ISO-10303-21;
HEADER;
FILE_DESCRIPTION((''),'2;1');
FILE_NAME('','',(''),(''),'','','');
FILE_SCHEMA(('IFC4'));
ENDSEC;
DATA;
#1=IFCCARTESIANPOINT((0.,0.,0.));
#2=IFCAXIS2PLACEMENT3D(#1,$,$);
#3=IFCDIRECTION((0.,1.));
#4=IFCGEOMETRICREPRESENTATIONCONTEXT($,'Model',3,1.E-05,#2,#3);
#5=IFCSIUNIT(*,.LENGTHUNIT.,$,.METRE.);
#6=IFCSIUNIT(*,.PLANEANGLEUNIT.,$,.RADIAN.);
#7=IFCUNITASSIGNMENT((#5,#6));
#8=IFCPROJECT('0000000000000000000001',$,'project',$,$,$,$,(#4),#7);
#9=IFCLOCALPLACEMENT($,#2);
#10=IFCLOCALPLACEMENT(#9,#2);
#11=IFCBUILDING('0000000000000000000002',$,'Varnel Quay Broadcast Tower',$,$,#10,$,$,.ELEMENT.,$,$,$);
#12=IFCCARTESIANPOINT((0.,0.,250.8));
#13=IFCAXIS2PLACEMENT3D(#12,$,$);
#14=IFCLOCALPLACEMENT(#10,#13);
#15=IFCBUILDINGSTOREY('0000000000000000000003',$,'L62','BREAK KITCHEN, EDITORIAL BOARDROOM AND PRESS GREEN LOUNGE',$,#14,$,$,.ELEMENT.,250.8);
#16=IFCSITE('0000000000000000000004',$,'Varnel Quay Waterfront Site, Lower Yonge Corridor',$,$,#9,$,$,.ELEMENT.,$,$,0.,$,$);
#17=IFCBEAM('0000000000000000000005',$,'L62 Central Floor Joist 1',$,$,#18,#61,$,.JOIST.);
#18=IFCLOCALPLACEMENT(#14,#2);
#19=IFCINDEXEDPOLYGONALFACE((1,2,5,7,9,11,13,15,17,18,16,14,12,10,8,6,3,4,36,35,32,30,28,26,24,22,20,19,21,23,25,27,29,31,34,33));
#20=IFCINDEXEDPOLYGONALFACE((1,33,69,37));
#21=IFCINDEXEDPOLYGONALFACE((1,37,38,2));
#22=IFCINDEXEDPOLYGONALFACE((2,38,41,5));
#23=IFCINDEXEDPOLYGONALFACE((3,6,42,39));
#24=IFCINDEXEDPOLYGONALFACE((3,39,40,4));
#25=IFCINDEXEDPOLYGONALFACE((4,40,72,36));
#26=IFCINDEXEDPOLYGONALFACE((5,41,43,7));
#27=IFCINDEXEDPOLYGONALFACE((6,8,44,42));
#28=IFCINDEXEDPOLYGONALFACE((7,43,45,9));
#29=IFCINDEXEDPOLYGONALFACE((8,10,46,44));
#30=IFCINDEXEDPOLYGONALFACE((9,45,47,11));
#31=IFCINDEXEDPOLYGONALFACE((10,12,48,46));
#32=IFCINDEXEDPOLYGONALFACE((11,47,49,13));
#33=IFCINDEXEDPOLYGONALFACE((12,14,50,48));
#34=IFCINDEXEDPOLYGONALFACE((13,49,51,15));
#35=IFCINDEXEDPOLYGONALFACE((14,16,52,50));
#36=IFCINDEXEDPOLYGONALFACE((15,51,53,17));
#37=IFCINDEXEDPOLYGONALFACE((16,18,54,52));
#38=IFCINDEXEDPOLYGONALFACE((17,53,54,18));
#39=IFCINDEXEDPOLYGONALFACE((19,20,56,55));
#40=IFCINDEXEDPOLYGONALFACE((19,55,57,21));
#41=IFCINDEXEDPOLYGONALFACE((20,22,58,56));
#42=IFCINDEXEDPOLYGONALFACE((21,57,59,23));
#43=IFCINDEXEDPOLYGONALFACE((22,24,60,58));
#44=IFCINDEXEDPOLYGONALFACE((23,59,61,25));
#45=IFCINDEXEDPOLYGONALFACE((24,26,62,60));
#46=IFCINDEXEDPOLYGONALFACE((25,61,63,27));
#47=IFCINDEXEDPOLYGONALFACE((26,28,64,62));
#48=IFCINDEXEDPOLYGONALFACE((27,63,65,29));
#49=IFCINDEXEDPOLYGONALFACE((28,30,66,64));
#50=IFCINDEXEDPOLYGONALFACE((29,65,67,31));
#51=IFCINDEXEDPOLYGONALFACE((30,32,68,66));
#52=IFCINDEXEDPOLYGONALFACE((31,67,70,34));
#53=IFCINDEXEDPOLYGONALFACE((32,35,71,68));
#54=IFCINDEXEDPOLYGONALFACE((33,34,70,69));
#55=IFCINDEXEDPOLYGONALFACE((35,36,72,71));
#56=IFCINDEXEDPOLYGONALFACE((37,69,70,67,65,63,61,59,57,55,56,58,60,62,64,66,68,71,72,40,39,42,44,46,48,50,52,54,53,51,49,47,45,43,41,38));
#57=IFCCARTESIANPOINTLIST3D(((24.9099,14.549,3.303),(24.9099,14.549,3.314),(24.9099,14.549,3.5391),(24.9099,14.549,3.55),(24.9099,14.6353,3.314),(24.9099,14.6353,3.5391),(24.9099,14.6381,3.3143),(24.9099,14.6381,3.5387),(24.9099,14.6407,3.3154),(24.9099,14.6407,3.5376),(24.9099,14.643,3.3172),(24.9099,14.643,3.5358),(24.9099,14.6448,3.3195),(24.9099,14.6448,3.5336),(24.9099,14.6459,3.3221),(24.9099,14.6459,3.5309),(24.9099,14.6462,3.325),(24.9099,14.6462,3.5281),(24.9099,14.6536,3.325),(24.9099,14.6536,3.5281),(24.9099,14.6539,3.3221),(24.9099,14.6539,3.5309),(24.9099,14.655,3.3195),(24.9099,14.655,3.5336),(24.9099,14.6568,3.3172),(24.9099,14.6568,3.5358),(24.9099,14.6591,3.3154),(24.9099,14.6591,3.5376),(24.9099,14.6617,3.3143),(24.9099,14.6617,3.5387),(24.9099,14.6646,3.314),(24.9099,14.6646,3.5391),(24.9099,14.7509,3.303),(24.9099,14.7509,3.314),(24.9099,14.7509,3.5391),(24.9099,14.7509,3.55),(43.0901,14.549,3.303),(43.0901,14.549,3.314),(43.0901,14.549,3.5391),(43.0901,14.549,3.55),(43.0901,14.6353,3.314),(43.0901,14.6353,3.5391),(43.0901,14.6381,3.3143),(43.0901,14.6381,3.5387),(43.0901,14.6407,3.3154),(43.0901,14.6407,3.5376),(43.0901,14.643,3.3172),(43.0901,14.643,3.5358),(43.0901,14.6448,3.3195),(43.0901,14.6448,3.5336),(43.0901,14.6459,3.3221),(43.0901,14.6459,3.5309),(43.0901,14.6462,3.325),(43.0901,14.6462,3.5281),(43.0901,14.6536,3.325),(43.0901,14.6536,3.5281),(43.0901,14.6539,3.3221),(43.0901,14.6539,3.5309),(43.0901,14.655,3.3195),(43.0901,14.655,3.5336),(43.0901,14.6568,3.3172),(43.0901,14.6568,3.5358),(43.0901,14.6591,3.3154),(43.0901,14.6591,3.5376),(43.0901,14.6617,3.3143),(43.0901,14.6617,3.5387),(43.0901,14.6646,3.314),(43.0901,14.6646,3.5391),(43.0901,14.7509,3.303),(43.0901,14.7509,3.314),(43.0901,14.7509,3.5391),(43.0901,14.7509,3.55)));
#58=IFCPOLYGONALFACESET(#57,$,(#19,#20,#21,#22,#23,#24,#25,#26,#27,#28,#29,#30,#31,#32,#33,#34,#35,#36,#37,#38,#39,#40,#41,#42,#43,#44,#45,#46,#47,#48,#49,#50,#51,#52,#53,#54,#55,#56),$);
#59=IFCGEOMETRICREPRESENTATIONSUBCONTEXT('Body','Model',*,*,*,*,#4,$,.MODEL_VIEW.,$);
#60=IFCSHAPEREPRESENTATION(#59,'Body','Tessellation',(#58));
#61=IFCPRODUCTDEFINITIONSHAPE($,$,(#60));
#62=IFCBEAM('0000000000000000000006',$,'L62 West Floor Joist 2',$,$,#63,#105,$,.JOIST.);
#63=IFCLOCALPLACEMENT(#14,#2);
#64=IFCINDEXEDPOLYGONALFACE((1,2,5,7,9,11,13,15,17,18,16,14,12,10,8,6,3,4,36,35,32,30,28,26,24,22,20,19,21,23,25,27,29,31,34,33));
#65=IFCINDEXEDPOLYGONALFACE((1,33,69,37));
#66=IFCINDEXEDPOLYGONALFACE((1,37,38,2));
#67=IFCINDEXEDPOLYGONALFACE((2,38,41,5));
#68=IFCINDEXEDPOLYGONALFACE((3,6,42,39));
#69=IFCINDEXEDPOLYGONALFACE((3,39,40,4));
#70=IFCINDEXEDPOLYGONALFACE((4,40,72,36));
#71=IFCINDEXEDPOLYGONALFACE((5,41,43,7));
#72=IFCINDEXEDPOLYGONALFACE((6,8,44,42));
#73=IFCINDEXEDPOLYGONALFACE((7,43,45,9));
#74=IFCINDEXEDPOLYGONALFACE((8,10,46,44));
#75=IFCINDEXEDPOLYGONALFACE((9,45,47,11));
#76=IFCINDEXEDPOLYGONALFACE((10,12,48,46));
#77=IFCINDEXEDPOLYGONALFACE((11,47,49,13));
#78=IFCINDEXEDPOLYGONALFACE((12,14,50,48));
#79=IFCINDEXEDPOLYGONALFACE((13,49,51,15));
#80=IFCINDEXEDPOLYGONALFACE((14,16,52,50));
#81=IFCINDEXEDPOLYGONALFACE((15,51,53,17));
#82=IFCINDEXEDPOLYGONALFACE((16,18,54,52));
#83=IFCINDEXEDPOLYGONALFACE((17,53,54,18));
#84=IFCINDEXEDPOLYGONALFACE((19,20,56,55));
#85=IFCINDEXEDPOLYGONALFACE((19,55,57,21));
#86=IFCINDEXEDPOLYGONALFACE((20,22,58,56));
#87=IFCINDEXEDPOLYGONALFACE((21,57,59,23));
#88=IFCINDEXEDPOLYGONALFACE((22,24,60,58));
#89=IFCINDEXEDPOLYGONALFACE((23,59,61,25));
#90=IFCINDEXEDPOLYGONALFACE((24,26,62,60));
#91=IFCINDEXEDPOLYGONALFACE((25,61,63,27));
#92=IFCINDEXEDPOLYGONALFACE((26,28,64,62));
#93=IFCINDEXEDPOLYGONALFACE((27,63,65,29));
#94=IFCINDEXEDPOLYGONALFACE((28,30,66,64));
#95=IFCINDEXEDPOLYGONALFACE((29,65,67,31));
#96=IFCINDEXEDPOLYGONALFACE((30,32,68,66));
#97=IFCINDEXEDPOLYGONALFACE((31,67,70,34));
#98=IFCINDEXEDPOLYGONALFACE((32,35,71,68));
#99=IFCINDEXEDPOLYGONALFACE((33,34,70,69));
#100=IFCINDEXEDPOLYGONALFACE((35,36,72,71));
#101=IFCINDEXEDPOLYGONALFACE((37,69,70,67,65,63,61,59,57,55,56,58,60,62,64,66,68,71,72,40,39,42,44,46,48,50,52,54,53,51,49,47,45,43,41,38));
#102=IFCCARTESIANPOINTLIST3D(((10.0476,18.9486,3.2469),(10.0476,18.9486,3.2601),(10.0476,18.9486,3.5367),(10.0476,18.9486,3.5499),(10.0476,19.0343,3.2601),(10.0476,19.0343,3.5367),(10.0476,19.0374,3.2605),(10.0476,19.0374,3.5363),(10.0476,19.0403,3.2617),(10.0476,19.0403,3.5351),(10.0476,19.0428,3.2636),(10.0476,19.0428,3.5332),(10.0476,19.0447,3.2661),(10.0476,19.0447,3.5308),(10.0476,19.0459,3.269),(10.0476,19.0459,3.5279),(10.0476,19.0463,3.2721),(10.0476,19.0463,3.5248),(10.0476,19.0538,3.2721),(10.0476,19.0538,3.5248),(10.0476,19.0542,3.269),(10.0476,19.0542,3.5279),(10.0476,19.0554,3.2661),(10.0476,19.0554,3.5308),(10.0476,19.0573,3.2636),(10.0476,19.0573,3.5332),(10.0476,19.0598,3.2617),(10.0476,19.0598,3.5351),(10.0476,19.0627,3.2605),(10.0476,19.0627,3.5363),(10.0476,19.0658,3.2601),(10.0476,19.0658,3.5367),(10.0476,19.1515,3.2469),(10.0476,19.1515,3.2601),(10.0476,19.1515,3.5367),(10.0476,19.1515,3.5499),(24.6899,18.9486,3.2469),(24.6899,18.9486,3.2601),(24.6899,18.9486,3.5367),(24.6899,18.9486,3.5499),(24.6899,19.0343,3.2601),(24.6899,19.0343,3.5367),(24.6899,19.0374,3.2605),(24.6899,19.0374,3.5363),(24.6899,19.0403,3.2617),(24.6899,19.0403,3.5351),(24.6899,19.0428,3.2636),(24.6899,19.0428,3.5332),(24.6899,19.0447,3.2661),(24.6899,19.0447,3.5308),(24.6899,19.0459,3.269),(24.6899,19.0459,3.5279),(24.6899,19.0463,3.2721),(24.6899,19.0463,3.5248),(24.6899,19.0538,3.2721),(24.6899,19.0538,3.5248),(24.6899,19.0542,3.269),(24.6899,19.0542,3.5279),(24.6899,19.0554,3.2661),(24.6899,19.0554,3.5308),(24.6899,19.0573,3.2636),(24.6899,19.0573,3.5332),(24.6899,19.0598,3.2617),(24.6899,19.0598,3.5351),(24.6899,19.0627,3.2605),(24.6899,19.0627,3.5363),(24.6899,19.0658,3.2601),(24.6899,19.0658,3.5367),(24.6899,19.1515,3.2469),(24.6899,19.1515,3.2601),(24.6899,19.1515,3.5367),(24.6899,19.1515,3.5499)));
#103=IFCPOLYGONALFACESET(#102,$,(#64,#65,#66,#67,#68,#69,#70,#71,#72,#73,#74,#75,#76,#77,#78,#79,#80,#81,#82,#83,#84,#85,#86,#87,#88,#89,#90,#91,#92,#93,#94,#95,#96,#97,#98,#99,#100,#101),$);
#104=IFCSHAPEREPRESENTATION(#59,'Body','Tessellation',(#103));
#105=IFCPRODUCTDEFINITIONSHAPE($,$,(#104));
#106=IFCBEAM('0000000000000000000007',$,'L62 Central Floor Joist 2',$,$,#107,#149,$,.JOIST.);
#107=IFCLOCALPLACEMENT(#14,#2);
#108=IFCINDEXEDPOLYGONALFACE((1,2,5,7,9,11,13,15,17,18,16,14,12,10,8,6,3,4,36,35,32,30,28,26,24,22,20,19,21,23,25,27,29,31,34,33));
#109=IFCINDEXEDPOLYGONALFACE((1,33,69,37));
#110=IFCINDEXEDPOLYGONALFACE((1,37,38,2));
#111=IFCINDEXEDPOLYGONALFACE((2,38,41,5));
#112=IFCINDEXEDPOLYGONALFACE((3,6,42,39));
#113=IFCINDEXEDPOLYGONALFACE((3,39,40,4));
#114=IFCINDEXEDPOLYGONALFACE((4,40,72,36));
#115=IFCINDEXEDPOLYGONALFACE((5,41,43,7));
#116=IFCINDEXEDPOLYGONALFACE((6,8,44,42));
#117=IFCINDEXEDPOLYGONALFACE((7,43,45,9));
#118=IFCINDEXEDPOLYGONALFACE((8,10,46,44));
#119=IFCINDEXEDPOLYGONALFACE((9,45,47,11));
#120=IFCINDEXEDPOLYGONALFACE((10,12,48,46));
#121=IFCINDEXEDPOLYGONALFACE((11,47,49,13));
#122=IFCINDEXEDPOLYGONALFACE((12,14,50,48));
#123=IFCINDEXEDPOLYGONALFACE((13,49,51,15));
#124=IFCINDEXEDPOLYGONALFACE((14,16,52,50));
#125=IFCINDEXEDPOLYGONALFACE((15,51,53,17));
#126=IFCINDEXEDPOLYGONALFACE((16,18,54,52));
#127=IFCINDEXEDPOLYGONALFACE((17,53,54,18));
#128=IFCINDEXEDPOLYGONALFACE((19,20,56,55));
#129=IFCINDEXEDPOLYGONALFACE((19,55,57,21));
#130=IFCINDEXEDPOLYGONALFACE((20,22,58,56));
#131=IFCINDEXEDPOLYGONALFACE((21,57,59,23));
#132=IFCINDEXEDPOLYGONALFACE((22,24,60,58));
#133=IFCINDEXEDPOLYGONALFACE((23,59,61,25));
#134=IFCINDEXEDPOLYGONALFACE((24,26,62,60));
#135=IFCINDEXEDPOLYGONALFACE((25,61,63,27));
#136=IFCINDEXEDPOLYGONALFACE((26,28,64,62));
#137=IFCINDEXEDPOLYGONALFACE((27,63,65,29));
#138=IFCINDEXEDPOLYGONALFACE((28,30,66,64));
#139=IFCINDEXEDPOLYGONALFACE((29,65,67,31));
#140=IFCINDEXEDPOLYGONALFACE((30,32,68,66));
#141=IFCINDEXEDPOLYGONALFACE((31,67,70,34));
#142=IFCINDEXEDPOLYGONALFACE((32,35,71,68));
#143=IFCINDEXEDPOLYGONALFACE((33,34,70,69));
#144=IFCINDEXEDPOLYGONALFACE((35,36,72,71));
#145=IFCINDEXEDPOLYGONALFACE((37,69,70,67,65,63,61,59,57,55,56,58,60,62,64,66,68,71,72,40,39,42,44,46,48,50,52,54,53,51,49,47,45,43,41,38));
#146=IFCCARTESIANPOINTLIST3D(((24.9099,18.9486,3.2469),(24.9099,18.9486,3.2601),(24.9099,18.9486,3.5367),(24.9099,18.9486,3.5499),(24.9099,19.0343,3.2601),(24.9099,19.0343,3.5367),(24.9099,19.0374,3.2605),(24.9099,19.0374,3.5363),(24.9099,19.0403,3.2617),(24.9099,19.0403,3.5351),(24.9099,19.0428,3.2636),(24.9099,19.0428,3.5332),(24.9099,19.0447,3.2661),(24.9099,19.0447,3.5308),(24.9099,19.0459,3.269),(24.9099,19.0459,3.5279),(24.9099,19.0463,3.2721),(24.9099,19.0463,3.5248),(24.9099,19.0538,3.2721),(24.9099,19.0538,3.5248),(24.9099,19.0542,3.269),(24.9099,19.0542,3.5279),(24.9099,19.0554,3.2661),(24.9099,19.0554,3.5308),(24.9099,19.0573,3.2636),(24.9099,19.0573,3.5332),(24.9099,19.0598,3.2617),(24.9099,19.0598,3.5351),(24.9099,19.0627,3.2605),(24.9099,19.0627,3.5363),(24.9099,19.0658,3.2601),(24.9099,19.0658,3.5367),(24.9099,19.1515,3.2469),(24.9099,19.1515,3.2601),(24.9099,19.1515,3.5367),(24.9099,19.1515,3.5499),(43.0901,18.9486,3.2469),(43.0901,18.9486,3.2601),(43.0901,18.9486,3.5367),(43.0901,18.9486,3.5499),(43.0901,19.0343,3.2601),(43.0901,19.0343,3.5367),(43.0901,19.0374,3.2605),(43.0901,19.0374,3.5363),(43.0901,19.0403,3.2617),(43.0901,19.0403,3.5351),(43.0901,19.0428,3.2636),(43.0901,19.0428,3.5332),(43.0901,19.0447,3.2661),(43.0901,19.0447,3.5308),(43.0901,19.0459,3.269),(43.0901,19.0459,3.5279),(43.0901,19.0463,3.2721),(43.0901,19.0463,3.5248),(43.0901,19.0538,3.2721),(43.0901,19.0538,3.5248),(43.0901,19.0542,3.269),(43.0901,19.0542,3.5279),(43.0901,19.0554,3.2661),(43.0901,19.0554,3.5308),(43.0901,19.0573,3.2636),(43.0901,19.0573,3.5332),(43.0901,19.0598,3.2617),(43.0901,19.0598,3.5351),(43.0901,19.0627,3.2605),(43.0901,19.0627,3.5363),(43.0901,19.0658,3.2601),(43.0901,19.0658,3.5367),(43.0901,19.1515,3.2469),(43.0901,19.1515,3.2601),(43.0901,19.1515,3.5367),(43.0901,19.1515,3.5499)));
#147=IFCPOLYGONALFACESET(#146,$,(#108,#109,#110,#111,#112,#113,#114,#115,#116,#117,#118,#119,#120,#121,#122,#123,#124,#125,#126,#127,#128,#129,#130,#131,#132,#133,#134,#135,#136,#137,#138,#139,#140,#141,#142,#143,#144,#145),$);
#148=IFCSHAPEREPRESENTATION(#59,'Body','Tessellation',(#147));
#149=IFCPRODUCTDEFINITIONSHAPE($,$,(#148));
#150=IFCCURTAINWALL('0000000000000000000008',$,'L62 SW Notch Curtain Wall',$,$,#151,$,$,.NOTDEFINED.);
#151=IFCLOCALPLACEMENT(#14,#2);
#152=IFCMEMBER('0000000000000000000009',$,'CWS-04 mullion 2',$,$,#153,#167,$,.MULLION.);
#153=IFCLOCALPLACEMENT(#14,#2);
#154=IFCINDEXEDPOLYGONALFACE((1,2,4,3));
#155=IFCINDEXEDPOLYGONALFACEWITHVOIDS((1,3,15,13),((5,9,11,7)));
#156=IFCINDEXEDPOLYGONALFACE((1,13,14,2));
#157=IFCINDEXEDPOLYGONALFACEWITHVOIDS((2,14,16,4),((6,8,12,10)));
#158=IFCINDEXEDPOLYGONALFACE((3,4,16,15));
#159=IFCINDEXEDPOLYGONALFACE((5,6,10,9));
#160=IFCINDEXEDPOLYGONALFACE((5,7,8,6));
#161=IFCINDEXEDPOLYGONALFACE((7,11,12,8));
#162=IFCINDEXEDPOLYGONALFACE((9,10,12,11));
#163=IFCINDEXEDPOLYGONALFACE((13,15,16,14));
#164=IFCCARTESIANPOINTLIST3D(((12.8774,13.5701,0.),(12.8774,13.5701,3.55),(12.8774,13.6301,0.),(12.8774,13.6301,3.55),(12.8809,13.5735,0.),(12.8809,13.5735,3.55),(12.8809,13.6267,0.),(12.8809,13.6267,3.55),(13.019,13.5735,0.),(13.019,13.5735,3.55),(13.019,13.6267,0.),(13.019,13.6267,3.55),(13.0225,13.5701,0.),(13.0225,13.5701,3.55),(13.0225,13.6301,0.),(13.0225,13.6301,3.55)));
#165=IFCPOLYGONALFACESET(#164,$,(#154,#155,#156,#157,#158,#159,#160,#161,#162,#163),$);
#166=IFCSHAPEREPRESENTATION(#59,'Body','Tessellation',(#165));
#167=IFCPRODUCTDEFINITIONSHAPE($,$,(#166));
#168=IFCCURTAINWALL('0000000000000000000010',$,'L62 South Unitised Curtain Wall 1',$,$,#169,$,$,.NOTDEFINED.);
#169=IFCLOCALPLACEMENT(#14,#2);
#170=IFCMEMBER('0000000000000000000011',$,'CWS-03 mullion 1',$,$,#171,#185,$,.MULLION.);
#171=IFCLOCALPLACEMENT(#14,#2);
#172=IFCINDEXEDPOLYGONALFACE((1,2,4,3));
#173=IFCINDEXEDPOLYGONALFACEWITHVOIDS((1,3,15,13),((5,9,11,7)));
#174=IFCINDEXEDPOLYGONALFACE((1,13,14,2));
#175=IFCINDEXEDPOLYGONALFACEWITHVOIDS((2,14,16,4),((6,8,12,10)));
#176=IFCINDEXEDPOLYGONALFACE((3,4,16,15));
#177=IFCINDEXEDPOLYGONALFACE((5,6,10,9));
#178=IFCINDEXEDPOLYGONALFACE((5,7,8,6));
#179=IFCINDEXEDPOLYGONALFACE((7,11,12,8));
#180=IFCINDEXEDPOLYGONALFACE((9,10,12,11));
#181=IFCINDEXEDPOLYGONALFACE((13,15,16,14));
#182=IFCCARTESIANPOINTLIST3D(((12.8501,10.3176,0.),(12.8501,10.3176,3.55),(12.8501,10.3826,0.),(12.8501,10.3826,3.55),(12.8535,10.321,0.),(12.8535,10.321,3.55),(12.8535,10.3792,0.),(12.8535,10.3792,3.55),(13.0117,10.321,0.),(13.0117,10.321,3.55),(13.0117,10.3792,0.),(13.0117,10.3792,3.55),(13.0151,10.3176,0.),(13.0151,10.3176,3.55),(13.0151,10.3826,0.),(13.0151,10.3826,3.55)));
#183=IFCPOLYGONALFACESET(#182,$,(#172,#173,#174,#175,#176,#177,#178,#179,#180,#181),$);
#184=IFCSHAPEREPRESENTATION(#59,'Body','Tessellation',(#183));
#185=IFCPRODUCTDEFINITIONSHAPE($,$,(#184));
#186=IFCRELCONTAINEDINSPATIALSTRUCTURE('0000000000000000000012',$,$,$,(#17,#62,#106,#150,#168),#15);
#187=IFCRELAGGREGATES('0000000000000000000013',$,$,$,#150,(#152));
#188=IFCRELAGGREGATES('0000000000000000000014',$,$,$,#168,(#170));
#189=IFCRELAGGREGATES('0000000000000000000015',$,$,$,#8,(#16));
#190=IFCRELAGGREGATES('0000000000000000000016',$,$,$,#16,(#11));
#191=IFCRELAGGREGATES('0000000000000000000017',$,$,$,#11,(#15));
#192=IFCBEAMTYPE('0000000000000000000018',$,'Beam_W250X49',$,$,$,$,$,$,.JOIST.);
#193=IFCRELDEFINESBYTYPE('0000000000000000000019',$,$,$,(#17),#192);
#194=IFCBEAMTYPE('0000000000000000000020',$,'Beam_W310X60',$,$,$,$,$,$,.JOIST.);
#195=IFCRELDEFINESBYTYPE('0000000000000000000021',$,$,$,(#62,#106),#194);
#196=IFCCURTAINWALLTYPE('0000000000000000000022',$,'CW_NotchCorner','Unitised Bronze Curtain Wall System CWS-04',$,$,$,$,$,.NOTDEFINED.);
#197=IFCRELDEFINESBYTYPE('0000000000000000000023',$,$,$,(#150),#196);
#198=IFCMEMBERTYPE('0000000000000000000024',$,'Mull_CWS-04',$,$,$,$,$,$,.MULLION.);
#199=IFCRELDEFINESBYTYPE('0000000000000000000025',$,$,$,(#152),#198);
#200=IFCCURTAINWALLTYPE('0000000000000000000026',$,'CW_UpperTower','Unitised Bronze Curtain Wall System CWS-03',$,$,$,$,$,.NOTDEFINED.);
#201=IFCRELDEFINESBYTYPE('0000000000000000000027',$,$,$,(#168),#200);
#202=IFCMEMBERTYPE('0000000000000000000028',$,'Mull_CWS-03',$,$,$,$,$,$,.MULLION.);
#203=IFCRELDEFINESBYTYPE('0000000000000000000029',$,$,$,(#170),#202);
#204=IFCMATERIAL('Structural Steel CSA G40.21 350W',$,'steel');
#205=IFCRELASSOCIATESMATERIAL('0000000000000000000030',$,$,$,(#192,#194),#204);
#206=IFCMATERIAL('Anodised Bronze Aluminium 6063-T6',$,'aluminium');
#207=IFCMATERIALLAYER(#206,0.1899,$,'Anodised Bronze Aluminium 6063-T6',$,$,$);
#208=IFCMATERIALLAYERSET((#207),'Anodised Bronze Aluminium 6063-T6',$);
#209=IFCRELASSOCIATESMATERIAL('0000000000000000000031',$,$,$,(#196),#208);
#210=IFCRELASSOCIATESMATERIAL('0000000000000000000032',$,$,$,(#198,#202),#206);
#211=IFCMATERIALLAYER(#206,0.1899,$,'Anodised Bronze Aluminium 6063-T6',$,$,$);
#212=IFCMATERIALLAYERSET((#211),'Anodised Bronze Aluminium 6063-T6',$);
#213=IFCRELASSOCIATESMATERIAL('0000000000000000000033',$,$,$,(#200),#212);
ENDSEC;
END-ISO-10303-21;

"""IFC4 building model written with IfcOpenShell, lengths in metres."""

from ifc_helpers import new_model, si_unit, direction, frame, origin, origin_2d, place, context, subcontext, project, spatial, hollow_rectangle, i_section, extrude, source, transform, mapped, material, layer, layer_set, material_profile, profile_set, type_object, type_shapes, element, aggregate, save


model = new_model("IFC4")

# Units and contexts
model_context = context("Model", 3, precision=1e-05, world=origin(), true_north=direction((0.0, 1.0)))
body_context = subcontext(model_context, "Body", "Model", "MODEL_VIEW")
ifc_project = project(units=[si_unit("LENGTHUNIT", "METRE"), si_unit("PLANEANGLEUNIT", "RADIAN")], contexts=[model_context])

# Site, building, storey
site_placement = place(None, origin())
site = spatial("IfcSite", under=ifc_project, at=site_placement, Name="Varnel Quay Waterfront Site, Lower Yonge Corridor", CompositionType="ELEMENT", RefElevation=0.0)
building_placement = place(site_placement, origin())
building = spatial("IfcBuilding", under=site, at=building_placement, Name="Varnel Quay Broadcast Tower", CompositionType="ELEMENT")
storey_placement = place(building_placement, frame((0.0, 0.0, 250.8)))
storey = spatial("IfcBuildingStorey", under=building, at=storey_placement, Name="L62", Description="BREAK KITCHEN, EDITORIAL BOARDROOM AND PRESS GREEN LOUNGE", CompositionType="ELEMENT", Elevation=250.8)

# Shared definitions
ifc_material_1 = material(Name="Structural Steel CSA G40.21 350W", Category="steel")

# Beams
ifc_material_profile_1 = material_profile(ifc_material_1, i_section(OverallWidth=0.2019, OverallDepth=0.2471, WebThickness=0.0073, FlangeThickness=0.011, FilletRadius=0.011, at=origin_2d()), Name="W250X49")
ifc_profile_set_1 = profile_set([ifc_material_profile_1], Name="Structural Steel CSA G40.21 350W")
beam_type_1 = type_object("IfcBeamType", Name="Beam_W250X49", PredefinedType="JOIST", material=ifc_profile_set_1)
shared_shape_1 = source(origin(), body_context, "Body", "SweptSolid", [
    extrude(i_section(OverallWidth=0.2019, OverallDepth=0.2471, WebThickness=0.0073, FlangeThickness=0.011, FilletRadius=0.011, at=origin_2d()), origin(), (0.0, 0.0, 1.0), 18.1802),
])
beam_1_placement = place(storey_placement, frame((24.9099, 14.6499, 3.4265), z_axis=(1.0, 0.0, 0.0), x_axis=(0.0, 1.0, 0.0)))
element("IfcBeam", 1, at=beam_1_placement, inside=storey, type_object=beam_type_1, Name="L62 Central Floor Joist 1", PredefinedType="JOIST", context=body_context, shape_type="MappedRepresentation", body=[
    mapped(shared_shape_1, transform((0.0, 0.0, 0.0), x_axis=(1.0, 0.0, 0.0), y_axis=(0.0, 1.0, 0.0), z_axis=(0.0, 0.0, 1.0), scale=1.0)),
])
ifc_material_profile_2 = material_profile(ifc_material_1, i_section(OverallWidth=0.2029, OverallDepth=0.303, WebThickness=0.0076, FlangeThickness=0.0132, FilletRadius=0.012, at=origin_2d()), Name="W310X60")
ifc_profile_set_2 = profile_set([ifc_material_profile_2], Name="Structural Steel CSA G40.21 350W")
beam_type_2 = type_object("IfcBeamType", Name="Beam_W310X60", PredefinedType="JOIST", material=ifc_profile_set_2)
shared_shape_2 = source(origin(), body_context, "Body", "SweptSolid", [
    extrude(i_section(OverallWidth=0.2029, OverallDepth=0.303, WebThickness=0.0076, FlangeThickness=0.0132, FilletRadius=0.012, at=origin_2d()), origin(), (0.0, 0.0, 1.0), 14.6423),
])
beam_2_placement = place(storey_placement, frame((10.0476, 19.05, 3.3984), z_axis=(1.0, 0.0, 0.0), x_axis=(0.0, 1.0, 0.0)))
element("IfcBeam", 2, at=beam_2_placement, inside=storey, type_object=beam_type_2, Name="L62 West Floor Joist 2", PredefinedType="JOIST", context=body_context, shape_type="MappedRepresentation", body=[
    mapped(shared_shape_2, transform((0.0, 0.0, 0.0), x_axis=(1.0, 0.0, 0.0), y_axis=(0.0, 1.0, 0.0), z_axis=(0.0, 0.0, 1.0), scale=1.0)),
])
shared_shape_3 = source(origin(), body_context, "Body", "SweptSolid", [
    extrude(i_section(OverallWidth=0.2029, OverallDepth=0.303, WebThickness=0.0076, FlangeThickness=0.0132, FilletRadius=0.012, at=origin_2d()), origin(), (0.0, 0.0, 1.0), 18.1802),
])
type_shapes(beam_type_2, [shared_shape_2, shared_shape_3])
beam_3_placement = place(storey_placement, frame((24.9099, 19.05, 3.3984), z_axis=(1.0, 0.0, 0.0), x_axis=(0.0, 1.0, 0.0)))
element("IfcBeam", 3, at=beam_3_placement, inside=storey, type_object=beam_type_2, Name="L62 Central Floor Joist 2", PredefinedType="JOIST", context=body_context, shape_type="MappedRepresentation", body=[
    mapped(shared_shape_3, transform((0.0, 0.0, 0.0), x_axis=(1.0, 0.0, 0.0), y_axis=(0.0, 1.0, 0.0), z_axis=(0.0, 0.0, 1.0), scale=1.0)),
])

# Curtain wall, member
ifc_material_2 = material(Name="Anodised Bronze Aluminium 6063-T6", Category="aluminium")
ifc_layer_1 = layer(ifc_material_2, 0.1899, Name="Anodised Bronze Aluminium 6063-T6")
ifc_layer_set_1 = layer_set([ifc_layer_1], Name="Anodised Bronze Aluminium 6063-T6")
curtain_wall_type_1 = type_object("IfcCurtainWallType", Name="CW_NotchCorner", Description="Unitised Bronze Curtain Wall System CWS-04", PredefinedType="NOTDEFINED", material=ifc_layer_set_1)
curtain_wall_1_placement = place(storey_placement, origin())
curtain_wall_1 = element("IfcCurtainWall", 4, at=curtain_wall_1_placement, inside=storey, type_object=curtain_wall_type_1, Name="L62 SW Notch Curtain Wall", PredefinedType="NOTDEFINED")
ifc_material_profile_3 = material_profile(ifc_material_2, hollow_rectangle(XDim=0.0601, YDim=0.145, WallThickness=0.0034, at=origin_2d()), Name="ALU60X145X3.5")
ifc_profile_set_3 = profile_set([ifc_material_profile_3], Name="Anodised Bronze Aluminium 6063-T6")
member_type_1 = type_object("IfcMemberType", Name="Mull_CWS-04", PredefinedType="MULLION", material=ifc_profile_set_3)
shared_shape_4 = source(origin(), body_context, "Body", "SweptSolid", [
    extrude(hollow_rectangle(XDim=0.0601, YDim=0.145, WallThickness=0.0034, at=origin_2d()), origin(), (0.0, 0.0, 1.0), 3.55),
])
type_shapes(member_type_1, [shared_shape_4])
member_1_placement = place(storey_placement, frame((12.95, 13.6001, 0.0), z_axis=(0.0, 0.0, 1.0), x_axis=(0.0, 1.0, 0.0)))
member_1 = element("IfcMember", 5, at=member_1_placement, type_object=member_type_1, Name="CWS-04 mullion 2", PredefinedType="MULLION", context=body_context, shape_type="MappedRepresentation", body=[
    mapped(shared_shape_4, transform((0.0, 0.0, 0.0), x_axis=(1.0, 0.0, 0.0), y_axis=(0.0, 1.0, 0.0), z_axis=(0.0, 0.0, 1.0), scale=1.0)),
])

# Curtain wall, member
ifc_layer_2 = layer(ifc_material_2, 0.1899, Name="Anodised Bronze Aluminium 6063-T6")
ifc_layer_set_2 = layer_set([ifc_layer_2], Name="Anodised Bronze Aluminium 6063-T6")
curtain_wall_type_2 = type_object("IfcCurtainWallType", Name="CW_UpperTower", Description="Unitised Bronze Curtain Wall System CWS-03", PredefinedType="NOTDEFINED", material=ifc_layer_set_2)
curtain_wall_2_placement = place(storey_placement, origin())
curtain_wall_2 = element("IfcCurtainWall", 6, at=curtain_wall_2_placement, inside=storey, type_object=curtain_wall_type_2, Name="L62 South Unitised Curtain Wall 1", PredefinedType="NOTDEFINED")
ifc_material_profile_4 = material_profile(ifc_material_2, hollow_rectangle(XDim=0.0649, YDim=0.165, WallThickness=0.0034, at=origin_2d()), Name="ALU65X165X3.5")
ifc_profile_set_4 = profile_set([ifc_material_profile_4], Name="Anodised Bronze Aluminium 6063-T6")
member_type_2 = type_object("IfcMemberType", Name="Mull_CWS-03", PredefinedType="MULLION", material=ifc_profile_set_4)
shared_shape_5 = source(origin(), body_context, "Body", "SweptSolid", [
    extrude(hollow_rectangle(XDim=0.0649, YDim=0.165, WallThickness=0.0034, at=origin_2d()), origin(), (0.0, 0.0, 1.0), 3.55),
])
type_shapes(member_type_2, [shared_shape_5])
member_2_placement = place(storey_placement, frame((12.9326, 10.3501, 0.0), z_axis=(0.0, 0.0, 1.0), x_axis=(0.0, 1.0, 0.0)))
member_2 = element("IfcMember", 7, at=member_2_placement, type_object=member_type_2, Name="CWS-03 mullion 1", PredefinedType="MULLION", context=body_context, shape_type="MappedRepresentation", body=[
    mapped(shared_shape_5, transform((0.0, 0.0, 0.0), x_axis=(1.0, 0.0, 0.0), y_axis=(0.0, 1.0, 0.0), z_axis=(0.0, 0.0, 1.0), scale=1.0)),
])

aggregate(curtain_wall_1, [member_1])
aggregate(curtain_wall_2, [member_2])

save(model, "model.ifc")
